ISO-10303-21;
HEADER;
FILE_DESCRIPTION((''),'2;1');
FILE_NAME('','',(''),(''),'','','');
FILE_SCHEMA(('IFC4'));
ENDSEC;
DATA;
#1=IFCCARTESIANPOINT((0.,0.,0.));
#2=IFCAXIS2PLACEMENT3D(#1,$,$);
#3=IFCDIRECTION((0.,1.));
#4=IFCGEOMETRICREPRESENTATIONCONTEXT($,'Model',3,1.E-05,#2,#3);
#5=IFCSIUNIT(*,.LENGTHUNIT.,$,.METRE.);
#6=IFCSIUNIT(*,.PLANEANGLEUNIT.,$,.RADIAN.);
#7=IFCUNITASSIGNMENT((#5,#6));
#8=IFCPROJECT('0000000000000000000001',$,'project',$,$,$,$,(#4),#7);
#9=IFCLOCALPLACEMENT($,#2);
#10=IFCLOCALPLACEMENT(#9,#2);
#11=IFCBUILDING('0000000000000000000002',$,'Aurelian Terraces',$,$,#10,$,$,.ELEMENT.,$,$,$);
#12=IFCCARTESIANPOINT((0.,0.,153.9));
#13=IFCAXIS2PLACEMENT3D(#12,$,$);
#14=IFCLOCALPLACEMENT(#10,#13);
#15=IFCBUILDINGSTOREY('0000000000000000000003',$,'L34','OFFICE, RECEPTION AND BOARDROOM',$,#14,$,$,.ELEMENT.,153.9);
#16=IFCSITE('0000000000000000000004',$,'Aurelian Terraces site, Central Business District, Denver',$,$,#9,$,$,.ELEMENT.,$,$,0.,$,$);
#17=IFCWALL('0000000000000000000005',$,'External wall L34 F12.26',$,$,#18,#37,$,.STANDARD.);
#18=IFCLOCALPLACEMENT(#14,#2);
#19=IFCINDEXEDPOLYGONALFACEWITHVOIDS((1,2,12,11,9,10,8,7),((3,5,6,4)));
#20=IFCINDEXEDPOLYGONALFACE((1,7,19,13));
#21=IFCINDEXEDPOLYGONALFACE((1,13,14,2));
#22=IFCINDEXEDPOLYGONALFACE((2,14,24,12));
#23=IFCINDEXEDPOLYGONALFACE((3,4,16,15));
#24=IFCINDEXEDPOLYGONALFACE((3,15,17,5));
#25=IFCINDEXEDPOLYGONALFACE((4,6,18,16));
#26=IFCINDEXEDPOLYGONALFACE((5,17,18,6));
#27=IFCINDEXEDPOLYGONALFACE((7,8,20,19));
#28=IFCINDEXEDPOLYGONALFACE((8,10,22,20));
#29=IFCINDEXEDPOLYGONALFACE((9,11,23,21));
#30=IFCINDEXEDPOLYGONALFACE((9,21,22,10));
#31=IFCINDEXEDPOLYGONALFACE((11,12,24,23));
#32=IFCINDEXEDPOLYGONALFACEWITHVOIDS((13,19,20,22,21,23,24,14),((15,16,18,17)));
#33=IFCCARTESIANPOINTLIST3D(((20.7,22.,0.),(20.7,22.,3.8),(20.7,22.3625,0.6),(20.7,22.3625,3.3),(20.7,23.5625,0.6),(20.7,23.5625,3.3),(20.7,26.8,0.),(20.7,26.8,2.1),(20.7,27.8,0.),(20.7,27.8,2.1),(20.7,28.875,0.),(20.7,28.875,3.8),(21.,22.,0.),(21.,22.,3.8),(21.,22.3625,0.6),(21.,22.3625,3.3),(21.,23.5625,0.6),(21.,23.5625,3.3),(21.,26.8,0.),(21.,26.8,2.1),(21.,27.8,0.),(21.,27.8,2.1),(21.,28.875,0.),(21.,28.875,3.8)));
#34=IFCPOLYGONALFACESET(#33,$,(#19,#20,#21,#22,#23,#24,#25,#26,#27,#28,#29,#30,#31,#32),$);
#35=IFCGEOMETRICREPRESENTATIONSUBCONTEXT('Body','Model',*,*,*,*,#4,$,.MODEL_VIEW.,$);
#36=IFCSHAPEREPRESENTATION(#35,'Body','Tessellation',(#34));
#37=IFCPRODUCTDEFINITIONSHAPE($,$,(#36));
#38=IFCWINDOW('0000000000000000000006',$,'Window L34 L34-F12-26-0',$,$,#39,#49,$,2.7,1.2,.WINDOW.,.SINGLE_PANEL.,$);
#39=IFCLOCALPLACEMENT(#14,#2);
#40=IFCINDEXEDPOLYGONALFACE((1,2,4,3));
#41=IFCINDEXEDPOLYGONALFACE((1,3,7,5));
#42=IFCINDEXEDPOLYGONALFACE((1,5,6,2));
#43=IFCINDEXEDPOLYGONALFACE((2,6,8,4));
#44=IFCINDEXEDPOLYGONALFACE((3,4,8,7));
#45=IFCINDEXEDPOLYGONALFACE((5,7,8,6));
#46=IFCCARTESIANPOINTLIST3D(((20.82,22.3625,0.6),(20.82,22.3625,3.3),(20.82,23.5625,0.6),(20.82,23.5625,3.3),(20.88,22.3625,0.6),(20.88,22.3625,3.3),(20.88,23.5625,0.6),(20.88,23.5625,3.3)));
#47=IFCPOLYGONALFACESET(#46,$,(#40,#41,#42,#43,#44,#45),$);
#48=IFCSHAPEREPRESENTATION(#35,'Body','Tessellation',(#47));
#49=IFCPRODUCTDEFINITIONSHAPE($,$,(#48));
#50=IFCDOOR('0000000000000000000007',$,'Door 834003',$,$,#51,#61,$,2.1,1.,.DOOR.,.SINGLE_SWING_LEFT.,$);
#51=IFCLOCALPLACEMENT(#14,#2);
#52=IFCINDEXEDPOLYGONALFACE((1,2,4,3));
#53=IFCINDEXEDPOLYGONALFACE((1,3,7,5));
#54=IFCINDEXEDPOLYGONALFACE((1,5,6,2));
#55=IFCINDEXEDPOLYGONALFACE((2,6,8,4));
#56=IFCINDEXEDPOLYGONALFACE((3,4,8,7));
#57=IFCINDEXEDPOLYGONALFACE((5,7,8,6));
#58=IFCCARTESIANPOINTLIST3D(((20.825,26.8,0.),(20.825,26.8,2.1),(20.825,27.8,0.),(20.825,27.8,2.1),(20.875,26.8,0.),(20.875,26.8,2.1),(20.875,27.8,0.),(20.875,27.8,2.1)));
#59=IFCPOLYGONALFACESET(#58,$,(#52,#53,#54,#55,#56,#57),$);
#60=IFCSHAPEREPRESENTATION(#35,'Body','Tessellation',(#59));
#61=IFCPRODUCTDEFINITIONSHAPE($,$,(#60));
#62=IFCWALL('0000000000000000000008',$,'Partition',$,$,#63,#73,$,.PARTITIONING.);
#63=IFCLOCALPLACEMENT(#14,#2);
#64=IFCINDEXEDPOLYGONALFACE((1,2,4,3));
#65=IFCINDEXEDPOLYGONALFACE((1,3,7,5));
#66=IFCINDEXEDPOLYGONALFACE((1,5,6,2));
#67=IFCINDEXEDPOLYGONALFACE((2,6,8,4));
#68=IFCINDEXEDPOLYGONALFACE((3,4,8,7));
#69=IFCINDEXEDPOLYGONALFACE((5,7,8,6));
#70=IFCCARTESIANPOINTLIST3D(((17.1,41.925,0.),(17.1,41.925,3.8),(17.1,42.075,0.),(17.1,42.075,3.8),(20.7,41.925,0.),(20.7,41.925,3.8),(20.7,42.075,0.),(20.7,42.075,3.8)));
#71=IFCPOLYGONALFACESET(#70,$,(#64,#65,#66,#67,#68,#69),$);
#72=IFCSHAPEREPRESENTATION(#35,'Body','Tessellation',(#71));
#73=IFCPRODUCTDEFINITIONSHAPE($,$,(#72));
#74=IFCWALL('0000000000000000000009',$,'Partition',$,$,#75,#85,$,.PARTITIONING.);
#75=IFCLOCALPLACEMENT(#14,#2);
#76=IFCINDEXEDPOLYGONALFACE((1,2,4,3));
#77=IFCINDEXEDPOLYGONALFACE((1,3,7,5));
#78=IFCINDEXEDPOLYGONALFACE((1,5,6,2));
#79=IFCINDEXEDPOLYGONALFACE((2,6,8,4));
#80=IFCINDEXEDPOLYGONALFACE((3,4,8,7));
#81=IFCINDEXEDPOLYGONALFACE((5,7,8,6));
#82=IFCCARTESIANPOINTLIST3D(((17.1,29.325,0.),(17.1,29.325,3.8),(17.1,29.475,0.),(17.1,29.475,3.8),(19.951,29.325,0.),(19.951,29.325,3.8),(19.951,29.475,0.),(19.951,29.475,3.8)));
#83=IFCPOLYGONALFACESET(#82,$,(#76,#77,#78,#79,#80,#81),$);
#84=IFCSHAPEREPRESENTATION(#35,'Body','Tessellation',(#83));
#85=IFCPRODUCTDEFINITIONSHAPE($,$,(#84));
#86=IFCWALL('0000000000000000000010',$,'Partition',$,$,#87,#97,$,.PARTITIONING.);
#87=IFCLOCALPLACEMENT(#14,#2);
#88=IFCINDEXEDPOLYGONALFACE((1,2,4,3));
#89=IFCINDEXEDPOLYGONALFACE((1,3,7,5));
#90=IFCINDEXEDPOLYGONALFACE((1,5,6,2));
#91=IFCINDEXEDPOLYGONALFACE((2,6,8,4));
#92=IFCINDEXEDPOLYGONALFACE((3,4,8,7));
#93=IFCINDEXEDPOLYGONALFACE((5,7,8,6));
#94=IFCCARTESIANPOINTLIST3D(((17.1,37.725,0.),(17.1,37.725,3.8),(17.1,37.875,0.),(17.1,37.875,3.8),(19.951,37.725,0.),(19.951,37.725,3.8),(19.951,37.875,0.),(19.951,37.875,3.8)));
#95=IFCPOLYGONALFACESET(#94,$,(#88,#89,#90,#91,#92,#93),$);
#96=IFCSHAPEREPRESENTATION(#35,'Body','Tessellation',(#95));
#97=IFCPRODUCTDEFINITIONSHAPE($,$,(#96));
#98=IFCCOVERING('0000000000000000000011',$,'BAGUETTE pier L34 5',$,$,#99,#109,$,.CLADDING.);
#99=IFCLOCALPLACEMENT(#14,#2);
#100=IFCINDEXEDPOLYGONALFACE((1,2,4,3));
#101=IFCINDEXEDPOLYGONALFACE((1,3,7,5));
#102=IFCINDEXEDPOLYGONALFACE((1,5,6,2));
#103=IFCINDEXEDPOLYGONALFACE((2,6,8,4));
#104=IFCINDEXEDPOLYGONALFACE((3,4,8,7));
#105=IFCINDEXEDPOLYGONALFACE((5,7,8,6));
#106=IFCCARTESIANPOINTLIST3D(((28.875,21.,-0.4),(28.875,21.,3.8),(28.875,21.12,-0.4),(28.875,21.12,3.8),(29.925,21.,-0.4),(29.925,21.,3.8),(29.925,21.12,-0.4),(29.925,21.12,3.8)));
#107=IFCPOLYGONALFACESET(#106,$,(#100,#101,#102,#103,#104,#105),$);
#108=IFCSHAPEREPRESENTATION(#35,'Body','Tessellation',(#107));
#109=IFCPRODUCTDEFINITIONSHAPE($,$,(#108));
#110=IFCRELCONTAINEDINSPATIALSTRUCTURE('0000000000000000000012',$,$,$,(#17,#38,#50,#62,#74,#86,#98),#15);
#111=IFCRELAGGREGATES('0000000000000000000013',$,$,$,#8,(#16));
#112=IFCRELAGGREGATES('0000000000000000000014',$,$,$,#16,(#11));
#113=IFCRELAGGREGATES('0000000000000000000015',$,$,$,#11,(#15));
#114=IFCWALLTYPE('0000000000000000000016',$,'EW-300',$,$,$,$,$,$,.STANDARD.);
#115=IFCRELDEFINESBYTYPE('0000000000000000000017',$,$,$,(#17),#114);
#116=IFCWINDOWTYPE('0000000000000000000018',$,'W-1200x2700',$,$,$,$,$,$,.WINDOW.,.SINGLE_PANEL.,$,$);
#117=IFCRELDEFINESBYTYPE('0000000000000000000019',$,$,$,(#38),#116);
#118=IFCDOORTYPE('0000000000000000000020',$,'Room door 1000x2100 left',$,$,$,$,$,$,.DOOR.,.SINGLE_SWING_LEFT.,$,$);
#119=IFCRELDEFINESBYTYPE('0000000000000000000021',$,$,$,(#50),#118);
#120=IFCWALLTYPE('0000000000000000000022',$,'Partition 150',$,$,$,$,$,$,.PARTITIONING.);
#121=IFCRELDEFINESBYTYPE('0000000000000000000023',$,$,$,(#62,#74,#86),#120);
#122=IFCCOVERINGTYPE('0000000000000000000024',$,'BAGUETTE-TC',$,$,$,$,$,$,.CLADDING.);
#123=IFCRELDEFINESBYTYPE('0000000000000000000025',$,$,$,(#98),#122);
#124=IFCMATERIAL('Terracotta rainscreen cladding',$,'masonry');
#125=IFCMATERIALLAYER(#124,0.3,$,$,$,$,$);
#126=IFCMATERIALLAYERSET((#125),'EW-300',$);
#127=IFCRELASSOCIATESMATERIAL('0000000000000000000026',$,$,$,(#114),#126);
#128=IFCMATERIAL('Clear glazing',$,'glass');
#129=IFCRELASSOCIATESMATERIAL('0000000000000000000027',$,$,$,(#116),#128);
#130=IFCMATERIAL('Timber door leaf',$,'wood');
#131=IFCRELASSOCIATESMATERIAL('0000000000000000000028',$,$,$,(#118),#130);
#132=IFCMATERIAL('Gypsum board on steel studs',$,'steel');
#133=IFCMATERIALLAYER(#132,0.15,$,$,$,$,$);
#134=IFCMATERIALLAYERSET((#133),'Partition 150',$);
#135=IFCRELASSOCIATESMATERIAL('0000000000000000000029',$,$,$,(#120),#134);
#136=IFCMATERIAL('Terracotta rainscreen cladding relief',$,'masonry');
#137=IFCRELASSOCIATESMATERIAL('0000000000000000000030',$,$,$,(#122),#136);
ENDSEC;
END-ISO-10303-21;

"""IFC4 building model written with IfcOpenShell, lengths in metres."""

from ifc_helpers import new_model, si_unit, direction, frame, frame_2d, origin, origin_2d, place, context, subcontext, project, spatial, rectangle, extrude, source, transform, mapped, material, layer, layer_set, type_object, element, fill, save


model = new_model("IFC4")

# Units and contexts
model_context = context("Model", 3, precision=1e-05, world=origin(), true_north=direction((0.0, 1.0)))
body_context = subcontext(model_context, "Body", "Model", "MODEL_VIEW")
ifc_project = project(units=[si_unit("LENGTHUNIT", "METRE"), si_unit("PLANEANGLEUNIT", "RADIAN")], contexts=[model_context])

# Site, building, storey
site_placement = place(None, origin())
site = spatial("IfcSite", under=ifc_project, at=site_placement, Name="Aurelian Terraces site, Central Business District, Denver", CompositionType="ELEMENT", RefElevation=0.0)
building_placement = place(site_placement, origin())
building = spatial("IfcBuilding", under=site, at=building_placement, Name="Aurelian Terraces", CompositionType="ELEMENT")
storey_placement = place(building_placement, frame((0.0, 0.0, 153.9)))
storey = spatial("IfcBuildingStorey", under=building, at=storey_placement, Name="L34", Description="OFFICE, RECEPTION AND BOARDROOM", CompositionType="ELEMENT", Elevation=153.9)

# Shared definitions
ifc_material_1 = material(Name="Terracotta rainscreen cladding", Category="masonry")
ifc_layer_1 = layer(ifc_material_1, 0.3)
ifc_layer_set_1 = layer_set([ifc_layer_1], Name="EW-300")
wall_type_1 = type_object("IfcWallType", Name="EW-300", PredefinedType="STANDARD", material=ifc_layer_set_1)
ifc_material_2 = material(Name="Clear glazing", Category="glass")

# Shared definitions
shared_shape_1 = source(origin(), body_context, "Body", "SweptSolid", [
    extrude(rectangle(XDim=1.2, YDim=2.7, at=frame_2d((0.6, 1.35))), frame((0.0, 0.16, 0.0), z_axis=(0.0, -1.0, 0.0), x_axis=(1.0, 0.0, 0.0)), (0.0, 0.0, 1.0), 0.32),
])
window_type_1 = type_object("IfcWindowType", Name="W-1200x2700", PartitioningType="SINGLE_PANEL", PredefinedType="WINDOW", material=ifc_material_2)
shared_shape_2 = source(origin(), body_context, "Body", "SweptSolid", [
    extrude(rectangle(XDim=1.2, YDim=2.7, at=frame_2d((0.6, 1.35))), frame((0.0, 0.03, 0.0), z_axis=(0.0, -1.0, 0.0), x_axis=(1.0, 0.0, 0.0)), (0.0, 0.0, 1.0), 0.06),
])

# Wall, openings, window, door
shared_shape_3 = source(origin(), body_context, "Body", "SweptSolid", [
    extrude(rectangle(XDim=6.875, YDim=0.3, at=frame_2d((3.4375, 0.0))), origin(), (0.0, 0.0, 1.0), 3.8),
])
wall_1_placement = place(storey_placement, frame((20.85, 22.0, 0.0), z_axis=(0.0, 0.0, 1.0), x_axis=(0.0, 1.0, 0.0)))
wall_1 = element("IfcWall", 1, at=wall_1_placement, inside=storey, type_object=wall_type_1, Name="External wall L34 F12.26", PredefinedType="STANDARD", context=body_context, shape_type="MappedRepresentation", body=[
    mapped(shared_shape_3, transform((0.0, 0.0, 0.0), scale=1.0)),
])
opening_1_placement = place(wall_1_placement, frame((0.3625, 0.0, 0.6)))
opening_1 = element("IfcOpeningElement", 2, at=opening_1_placement, cuts=wall_1, PredefinedType="OPENING", context=body_context, shape_type="MappedRepresentation", body=[
    mapped(shared_shape_1, transform((0.0, 0.0, 0.0), scale=1.0)),
])
shared_shape_4 = source(origin(), body_context, "Body", "SweptSolid", [
    extrude(rectangle(XDim=1.0, YDim=2.1, at=frame_2d((0.5, 1.05))), frame((0.0, 0.16, 0.0), z_axis=(0.0, -1.0, 0.0), x_axis=(1.0, 0.0, 0.0)), (0.0, 0.0, 1.0), 0.32),
])
opening_2_placement = place(wall_1_placement, frame((4.8, 0.0, 0.0)))
opening_2 = element("IfcOpeningElement", 3, at=opening_2_placement, cuts=wall_1, PredefinedType="OPENING", context=body_context, shape_type="MappedRepresentation", body=[
    mapped(shared_shape_4, transform((0.0, 0.0, 0.0), scale=1.0)),
])
window_1_placement = place(opening_1_placement, origin())
window_1 = element("IfcWindow", 4, at=window_1_placement, inside=storey, type_object=window_type_1, Name="Window L34 L34-F12-26-0", OverallHeight=2.7, OverallWidth=1.2, PartitioningType="SINGLE_PANEL", PredefinedType="WINDOW", context=body_context, shape_type="MappedRepresentation", body=[
    mapped(shared_shape_2, transform((0.0, 0.0, 0.0), scale=1.0)),
])
fill(opening_1, window_1)
ifc_material_3 = material(Name="Timber door leaf", Category="wood")
door_type = type_object("IfcDoorType", Name="Room door 1000x2100 left", OperationType="SINGLE_SWING_LEFT", PredefinedType="DOOR", material=ifc_material_3)
shared_shape_5 = source(origin(), body_context, "Body", "SweptSolid", [
    extrude(rectangle(XDim=1.0, YDim=2.1, at=frame_2d((0.5, 1.05))), frame((0.0, 0.025, 0.0), z_axis=(0.0, -1.0, 0.0), x_axis=(1.0, 0.0, 0.0)), (0.0, 0.0, 1.0), 0.05),
])
door_placement = place(opening_2_placement, origin())
door = element("IfcDoor", 5, at=door_placement, inside=storey, type_object=door_type, Name="Door 834003", OperationType="SINGLE_SWING_LEFT", OverallHeight=2.1, OverallWidth=1.0, PredefinedType="DOOR", context=body_context, shape_type="MappedRepresentation", body=[
    mapped(shared_shape_5, transform((0.0, 0.0, 0.0), scale=1.0)),
])
fill(opening_2, door)

# Walls
ifc_material_4 = material(Name="Gypsum board on steel studs", Category="steel")
ifc_layer_2 = layer(ifc_material_4, 0.15)
ifc_layer_set_2 = layer_set([ifc_layer_2], Name="Partition 150")
wall_type_2 = type_object("IfcWallType", Name="Partition 150", PredefinedType="PARTITIONING", material=ifc_layer_set_2)
shared_shape_6 = source(origin(), body_context, "Body", "SweptSolid", [
    extrude(rectangle(XDim=3.6, YDim=0.15, at=frame_2d((1.8, 0.0))), origin(), (0.0, 0.0, 1.0), 3.8),
])
wall_2_placement = place(storey_placement, frame((20.7, 42.0, 0.0), z_axis=(0.0, 0.0, 1.0), x_axis=(-1.0, 0.0, 0.0)))
element("IfcWall", 6, at=wall_2_placement, inside=storey, type_object=wall_type_2, Name="Partition", PredefinedType="PARTITIONING", context=body_context, shape_type="MappedRepresentation", body=[
    mapped(shared_shape_6, transform((0.0, 0.0, 0.0), scale=1.0)),
])
shared_shape_7 = source(origin(), body_context, "Body", "SweptSolid", [
    extrude(rectangle(XDim=2.851, YDim=0.15, at=frame_2d((1.4255, 0.0))), origin(), (0.0, 0.0, 1.0), 3.8),
])
for number, where, z_axis, x_axis, name in (
    (7, (19.951, 29.4, 0.0), (0.0, 0.0, 1.0), (-1.0, 0.0, 0.0), "Partition"),
    (8, (19.951, 37.8, 0.0), (0.0, 0.0, 1.0), (-1.0, 0.0, 0.0), "Partition"),
):
    element("IfcWall", number, at=place(storey_placement, frame(where, z_axis=z_axis, x_axis=x_axis)), inside=storey, type_object=wall_type_2, Name=name, PredefinedType="PARTITIONING", context=body_context, shape_type="MappedRepresentation", body=[
        mapped(shared_shape_7, transform((0.0, 0.0, 0.0), scale=1.0)),
    ])

# Covering
ifc_material_5 = material(Name="Terracotta rainscreen cladding relief", Category="masonry")
covering_type = type_object("IfcCoveringType", Name="BAGUETTE-TC", PredefinedType="CLADDING", material=ifc_material_5)
shared_shape_8 = source(origin(), body_context, "Body", "SweptSolid", [
    extrude(rectangle(XDim=1.05, YDim=0.12, at=origin_2d()), origin(), (0.0, 0.0, 1.0), 4.2),
])
covering_placement = place(storey_placement, frame((29.4, 21.06, -0.4), z_axis=(0.0, 0.0, 1.0), x_axis=(1.0, 0.0, 0.0)))
element("IfcCovering", 9, at=covering_placement, inside=storey, type_object=covering_type, Name="BAGUETTE pier L34 5", PredefinedType="CLADDING", context=body_context, shape_type="MappedRepresentation", body=[
    mapped(shared_shape_8, transform((0.0, 0.0, 0.0), scale=1.0)),
])

save(model, "model.ifc")
